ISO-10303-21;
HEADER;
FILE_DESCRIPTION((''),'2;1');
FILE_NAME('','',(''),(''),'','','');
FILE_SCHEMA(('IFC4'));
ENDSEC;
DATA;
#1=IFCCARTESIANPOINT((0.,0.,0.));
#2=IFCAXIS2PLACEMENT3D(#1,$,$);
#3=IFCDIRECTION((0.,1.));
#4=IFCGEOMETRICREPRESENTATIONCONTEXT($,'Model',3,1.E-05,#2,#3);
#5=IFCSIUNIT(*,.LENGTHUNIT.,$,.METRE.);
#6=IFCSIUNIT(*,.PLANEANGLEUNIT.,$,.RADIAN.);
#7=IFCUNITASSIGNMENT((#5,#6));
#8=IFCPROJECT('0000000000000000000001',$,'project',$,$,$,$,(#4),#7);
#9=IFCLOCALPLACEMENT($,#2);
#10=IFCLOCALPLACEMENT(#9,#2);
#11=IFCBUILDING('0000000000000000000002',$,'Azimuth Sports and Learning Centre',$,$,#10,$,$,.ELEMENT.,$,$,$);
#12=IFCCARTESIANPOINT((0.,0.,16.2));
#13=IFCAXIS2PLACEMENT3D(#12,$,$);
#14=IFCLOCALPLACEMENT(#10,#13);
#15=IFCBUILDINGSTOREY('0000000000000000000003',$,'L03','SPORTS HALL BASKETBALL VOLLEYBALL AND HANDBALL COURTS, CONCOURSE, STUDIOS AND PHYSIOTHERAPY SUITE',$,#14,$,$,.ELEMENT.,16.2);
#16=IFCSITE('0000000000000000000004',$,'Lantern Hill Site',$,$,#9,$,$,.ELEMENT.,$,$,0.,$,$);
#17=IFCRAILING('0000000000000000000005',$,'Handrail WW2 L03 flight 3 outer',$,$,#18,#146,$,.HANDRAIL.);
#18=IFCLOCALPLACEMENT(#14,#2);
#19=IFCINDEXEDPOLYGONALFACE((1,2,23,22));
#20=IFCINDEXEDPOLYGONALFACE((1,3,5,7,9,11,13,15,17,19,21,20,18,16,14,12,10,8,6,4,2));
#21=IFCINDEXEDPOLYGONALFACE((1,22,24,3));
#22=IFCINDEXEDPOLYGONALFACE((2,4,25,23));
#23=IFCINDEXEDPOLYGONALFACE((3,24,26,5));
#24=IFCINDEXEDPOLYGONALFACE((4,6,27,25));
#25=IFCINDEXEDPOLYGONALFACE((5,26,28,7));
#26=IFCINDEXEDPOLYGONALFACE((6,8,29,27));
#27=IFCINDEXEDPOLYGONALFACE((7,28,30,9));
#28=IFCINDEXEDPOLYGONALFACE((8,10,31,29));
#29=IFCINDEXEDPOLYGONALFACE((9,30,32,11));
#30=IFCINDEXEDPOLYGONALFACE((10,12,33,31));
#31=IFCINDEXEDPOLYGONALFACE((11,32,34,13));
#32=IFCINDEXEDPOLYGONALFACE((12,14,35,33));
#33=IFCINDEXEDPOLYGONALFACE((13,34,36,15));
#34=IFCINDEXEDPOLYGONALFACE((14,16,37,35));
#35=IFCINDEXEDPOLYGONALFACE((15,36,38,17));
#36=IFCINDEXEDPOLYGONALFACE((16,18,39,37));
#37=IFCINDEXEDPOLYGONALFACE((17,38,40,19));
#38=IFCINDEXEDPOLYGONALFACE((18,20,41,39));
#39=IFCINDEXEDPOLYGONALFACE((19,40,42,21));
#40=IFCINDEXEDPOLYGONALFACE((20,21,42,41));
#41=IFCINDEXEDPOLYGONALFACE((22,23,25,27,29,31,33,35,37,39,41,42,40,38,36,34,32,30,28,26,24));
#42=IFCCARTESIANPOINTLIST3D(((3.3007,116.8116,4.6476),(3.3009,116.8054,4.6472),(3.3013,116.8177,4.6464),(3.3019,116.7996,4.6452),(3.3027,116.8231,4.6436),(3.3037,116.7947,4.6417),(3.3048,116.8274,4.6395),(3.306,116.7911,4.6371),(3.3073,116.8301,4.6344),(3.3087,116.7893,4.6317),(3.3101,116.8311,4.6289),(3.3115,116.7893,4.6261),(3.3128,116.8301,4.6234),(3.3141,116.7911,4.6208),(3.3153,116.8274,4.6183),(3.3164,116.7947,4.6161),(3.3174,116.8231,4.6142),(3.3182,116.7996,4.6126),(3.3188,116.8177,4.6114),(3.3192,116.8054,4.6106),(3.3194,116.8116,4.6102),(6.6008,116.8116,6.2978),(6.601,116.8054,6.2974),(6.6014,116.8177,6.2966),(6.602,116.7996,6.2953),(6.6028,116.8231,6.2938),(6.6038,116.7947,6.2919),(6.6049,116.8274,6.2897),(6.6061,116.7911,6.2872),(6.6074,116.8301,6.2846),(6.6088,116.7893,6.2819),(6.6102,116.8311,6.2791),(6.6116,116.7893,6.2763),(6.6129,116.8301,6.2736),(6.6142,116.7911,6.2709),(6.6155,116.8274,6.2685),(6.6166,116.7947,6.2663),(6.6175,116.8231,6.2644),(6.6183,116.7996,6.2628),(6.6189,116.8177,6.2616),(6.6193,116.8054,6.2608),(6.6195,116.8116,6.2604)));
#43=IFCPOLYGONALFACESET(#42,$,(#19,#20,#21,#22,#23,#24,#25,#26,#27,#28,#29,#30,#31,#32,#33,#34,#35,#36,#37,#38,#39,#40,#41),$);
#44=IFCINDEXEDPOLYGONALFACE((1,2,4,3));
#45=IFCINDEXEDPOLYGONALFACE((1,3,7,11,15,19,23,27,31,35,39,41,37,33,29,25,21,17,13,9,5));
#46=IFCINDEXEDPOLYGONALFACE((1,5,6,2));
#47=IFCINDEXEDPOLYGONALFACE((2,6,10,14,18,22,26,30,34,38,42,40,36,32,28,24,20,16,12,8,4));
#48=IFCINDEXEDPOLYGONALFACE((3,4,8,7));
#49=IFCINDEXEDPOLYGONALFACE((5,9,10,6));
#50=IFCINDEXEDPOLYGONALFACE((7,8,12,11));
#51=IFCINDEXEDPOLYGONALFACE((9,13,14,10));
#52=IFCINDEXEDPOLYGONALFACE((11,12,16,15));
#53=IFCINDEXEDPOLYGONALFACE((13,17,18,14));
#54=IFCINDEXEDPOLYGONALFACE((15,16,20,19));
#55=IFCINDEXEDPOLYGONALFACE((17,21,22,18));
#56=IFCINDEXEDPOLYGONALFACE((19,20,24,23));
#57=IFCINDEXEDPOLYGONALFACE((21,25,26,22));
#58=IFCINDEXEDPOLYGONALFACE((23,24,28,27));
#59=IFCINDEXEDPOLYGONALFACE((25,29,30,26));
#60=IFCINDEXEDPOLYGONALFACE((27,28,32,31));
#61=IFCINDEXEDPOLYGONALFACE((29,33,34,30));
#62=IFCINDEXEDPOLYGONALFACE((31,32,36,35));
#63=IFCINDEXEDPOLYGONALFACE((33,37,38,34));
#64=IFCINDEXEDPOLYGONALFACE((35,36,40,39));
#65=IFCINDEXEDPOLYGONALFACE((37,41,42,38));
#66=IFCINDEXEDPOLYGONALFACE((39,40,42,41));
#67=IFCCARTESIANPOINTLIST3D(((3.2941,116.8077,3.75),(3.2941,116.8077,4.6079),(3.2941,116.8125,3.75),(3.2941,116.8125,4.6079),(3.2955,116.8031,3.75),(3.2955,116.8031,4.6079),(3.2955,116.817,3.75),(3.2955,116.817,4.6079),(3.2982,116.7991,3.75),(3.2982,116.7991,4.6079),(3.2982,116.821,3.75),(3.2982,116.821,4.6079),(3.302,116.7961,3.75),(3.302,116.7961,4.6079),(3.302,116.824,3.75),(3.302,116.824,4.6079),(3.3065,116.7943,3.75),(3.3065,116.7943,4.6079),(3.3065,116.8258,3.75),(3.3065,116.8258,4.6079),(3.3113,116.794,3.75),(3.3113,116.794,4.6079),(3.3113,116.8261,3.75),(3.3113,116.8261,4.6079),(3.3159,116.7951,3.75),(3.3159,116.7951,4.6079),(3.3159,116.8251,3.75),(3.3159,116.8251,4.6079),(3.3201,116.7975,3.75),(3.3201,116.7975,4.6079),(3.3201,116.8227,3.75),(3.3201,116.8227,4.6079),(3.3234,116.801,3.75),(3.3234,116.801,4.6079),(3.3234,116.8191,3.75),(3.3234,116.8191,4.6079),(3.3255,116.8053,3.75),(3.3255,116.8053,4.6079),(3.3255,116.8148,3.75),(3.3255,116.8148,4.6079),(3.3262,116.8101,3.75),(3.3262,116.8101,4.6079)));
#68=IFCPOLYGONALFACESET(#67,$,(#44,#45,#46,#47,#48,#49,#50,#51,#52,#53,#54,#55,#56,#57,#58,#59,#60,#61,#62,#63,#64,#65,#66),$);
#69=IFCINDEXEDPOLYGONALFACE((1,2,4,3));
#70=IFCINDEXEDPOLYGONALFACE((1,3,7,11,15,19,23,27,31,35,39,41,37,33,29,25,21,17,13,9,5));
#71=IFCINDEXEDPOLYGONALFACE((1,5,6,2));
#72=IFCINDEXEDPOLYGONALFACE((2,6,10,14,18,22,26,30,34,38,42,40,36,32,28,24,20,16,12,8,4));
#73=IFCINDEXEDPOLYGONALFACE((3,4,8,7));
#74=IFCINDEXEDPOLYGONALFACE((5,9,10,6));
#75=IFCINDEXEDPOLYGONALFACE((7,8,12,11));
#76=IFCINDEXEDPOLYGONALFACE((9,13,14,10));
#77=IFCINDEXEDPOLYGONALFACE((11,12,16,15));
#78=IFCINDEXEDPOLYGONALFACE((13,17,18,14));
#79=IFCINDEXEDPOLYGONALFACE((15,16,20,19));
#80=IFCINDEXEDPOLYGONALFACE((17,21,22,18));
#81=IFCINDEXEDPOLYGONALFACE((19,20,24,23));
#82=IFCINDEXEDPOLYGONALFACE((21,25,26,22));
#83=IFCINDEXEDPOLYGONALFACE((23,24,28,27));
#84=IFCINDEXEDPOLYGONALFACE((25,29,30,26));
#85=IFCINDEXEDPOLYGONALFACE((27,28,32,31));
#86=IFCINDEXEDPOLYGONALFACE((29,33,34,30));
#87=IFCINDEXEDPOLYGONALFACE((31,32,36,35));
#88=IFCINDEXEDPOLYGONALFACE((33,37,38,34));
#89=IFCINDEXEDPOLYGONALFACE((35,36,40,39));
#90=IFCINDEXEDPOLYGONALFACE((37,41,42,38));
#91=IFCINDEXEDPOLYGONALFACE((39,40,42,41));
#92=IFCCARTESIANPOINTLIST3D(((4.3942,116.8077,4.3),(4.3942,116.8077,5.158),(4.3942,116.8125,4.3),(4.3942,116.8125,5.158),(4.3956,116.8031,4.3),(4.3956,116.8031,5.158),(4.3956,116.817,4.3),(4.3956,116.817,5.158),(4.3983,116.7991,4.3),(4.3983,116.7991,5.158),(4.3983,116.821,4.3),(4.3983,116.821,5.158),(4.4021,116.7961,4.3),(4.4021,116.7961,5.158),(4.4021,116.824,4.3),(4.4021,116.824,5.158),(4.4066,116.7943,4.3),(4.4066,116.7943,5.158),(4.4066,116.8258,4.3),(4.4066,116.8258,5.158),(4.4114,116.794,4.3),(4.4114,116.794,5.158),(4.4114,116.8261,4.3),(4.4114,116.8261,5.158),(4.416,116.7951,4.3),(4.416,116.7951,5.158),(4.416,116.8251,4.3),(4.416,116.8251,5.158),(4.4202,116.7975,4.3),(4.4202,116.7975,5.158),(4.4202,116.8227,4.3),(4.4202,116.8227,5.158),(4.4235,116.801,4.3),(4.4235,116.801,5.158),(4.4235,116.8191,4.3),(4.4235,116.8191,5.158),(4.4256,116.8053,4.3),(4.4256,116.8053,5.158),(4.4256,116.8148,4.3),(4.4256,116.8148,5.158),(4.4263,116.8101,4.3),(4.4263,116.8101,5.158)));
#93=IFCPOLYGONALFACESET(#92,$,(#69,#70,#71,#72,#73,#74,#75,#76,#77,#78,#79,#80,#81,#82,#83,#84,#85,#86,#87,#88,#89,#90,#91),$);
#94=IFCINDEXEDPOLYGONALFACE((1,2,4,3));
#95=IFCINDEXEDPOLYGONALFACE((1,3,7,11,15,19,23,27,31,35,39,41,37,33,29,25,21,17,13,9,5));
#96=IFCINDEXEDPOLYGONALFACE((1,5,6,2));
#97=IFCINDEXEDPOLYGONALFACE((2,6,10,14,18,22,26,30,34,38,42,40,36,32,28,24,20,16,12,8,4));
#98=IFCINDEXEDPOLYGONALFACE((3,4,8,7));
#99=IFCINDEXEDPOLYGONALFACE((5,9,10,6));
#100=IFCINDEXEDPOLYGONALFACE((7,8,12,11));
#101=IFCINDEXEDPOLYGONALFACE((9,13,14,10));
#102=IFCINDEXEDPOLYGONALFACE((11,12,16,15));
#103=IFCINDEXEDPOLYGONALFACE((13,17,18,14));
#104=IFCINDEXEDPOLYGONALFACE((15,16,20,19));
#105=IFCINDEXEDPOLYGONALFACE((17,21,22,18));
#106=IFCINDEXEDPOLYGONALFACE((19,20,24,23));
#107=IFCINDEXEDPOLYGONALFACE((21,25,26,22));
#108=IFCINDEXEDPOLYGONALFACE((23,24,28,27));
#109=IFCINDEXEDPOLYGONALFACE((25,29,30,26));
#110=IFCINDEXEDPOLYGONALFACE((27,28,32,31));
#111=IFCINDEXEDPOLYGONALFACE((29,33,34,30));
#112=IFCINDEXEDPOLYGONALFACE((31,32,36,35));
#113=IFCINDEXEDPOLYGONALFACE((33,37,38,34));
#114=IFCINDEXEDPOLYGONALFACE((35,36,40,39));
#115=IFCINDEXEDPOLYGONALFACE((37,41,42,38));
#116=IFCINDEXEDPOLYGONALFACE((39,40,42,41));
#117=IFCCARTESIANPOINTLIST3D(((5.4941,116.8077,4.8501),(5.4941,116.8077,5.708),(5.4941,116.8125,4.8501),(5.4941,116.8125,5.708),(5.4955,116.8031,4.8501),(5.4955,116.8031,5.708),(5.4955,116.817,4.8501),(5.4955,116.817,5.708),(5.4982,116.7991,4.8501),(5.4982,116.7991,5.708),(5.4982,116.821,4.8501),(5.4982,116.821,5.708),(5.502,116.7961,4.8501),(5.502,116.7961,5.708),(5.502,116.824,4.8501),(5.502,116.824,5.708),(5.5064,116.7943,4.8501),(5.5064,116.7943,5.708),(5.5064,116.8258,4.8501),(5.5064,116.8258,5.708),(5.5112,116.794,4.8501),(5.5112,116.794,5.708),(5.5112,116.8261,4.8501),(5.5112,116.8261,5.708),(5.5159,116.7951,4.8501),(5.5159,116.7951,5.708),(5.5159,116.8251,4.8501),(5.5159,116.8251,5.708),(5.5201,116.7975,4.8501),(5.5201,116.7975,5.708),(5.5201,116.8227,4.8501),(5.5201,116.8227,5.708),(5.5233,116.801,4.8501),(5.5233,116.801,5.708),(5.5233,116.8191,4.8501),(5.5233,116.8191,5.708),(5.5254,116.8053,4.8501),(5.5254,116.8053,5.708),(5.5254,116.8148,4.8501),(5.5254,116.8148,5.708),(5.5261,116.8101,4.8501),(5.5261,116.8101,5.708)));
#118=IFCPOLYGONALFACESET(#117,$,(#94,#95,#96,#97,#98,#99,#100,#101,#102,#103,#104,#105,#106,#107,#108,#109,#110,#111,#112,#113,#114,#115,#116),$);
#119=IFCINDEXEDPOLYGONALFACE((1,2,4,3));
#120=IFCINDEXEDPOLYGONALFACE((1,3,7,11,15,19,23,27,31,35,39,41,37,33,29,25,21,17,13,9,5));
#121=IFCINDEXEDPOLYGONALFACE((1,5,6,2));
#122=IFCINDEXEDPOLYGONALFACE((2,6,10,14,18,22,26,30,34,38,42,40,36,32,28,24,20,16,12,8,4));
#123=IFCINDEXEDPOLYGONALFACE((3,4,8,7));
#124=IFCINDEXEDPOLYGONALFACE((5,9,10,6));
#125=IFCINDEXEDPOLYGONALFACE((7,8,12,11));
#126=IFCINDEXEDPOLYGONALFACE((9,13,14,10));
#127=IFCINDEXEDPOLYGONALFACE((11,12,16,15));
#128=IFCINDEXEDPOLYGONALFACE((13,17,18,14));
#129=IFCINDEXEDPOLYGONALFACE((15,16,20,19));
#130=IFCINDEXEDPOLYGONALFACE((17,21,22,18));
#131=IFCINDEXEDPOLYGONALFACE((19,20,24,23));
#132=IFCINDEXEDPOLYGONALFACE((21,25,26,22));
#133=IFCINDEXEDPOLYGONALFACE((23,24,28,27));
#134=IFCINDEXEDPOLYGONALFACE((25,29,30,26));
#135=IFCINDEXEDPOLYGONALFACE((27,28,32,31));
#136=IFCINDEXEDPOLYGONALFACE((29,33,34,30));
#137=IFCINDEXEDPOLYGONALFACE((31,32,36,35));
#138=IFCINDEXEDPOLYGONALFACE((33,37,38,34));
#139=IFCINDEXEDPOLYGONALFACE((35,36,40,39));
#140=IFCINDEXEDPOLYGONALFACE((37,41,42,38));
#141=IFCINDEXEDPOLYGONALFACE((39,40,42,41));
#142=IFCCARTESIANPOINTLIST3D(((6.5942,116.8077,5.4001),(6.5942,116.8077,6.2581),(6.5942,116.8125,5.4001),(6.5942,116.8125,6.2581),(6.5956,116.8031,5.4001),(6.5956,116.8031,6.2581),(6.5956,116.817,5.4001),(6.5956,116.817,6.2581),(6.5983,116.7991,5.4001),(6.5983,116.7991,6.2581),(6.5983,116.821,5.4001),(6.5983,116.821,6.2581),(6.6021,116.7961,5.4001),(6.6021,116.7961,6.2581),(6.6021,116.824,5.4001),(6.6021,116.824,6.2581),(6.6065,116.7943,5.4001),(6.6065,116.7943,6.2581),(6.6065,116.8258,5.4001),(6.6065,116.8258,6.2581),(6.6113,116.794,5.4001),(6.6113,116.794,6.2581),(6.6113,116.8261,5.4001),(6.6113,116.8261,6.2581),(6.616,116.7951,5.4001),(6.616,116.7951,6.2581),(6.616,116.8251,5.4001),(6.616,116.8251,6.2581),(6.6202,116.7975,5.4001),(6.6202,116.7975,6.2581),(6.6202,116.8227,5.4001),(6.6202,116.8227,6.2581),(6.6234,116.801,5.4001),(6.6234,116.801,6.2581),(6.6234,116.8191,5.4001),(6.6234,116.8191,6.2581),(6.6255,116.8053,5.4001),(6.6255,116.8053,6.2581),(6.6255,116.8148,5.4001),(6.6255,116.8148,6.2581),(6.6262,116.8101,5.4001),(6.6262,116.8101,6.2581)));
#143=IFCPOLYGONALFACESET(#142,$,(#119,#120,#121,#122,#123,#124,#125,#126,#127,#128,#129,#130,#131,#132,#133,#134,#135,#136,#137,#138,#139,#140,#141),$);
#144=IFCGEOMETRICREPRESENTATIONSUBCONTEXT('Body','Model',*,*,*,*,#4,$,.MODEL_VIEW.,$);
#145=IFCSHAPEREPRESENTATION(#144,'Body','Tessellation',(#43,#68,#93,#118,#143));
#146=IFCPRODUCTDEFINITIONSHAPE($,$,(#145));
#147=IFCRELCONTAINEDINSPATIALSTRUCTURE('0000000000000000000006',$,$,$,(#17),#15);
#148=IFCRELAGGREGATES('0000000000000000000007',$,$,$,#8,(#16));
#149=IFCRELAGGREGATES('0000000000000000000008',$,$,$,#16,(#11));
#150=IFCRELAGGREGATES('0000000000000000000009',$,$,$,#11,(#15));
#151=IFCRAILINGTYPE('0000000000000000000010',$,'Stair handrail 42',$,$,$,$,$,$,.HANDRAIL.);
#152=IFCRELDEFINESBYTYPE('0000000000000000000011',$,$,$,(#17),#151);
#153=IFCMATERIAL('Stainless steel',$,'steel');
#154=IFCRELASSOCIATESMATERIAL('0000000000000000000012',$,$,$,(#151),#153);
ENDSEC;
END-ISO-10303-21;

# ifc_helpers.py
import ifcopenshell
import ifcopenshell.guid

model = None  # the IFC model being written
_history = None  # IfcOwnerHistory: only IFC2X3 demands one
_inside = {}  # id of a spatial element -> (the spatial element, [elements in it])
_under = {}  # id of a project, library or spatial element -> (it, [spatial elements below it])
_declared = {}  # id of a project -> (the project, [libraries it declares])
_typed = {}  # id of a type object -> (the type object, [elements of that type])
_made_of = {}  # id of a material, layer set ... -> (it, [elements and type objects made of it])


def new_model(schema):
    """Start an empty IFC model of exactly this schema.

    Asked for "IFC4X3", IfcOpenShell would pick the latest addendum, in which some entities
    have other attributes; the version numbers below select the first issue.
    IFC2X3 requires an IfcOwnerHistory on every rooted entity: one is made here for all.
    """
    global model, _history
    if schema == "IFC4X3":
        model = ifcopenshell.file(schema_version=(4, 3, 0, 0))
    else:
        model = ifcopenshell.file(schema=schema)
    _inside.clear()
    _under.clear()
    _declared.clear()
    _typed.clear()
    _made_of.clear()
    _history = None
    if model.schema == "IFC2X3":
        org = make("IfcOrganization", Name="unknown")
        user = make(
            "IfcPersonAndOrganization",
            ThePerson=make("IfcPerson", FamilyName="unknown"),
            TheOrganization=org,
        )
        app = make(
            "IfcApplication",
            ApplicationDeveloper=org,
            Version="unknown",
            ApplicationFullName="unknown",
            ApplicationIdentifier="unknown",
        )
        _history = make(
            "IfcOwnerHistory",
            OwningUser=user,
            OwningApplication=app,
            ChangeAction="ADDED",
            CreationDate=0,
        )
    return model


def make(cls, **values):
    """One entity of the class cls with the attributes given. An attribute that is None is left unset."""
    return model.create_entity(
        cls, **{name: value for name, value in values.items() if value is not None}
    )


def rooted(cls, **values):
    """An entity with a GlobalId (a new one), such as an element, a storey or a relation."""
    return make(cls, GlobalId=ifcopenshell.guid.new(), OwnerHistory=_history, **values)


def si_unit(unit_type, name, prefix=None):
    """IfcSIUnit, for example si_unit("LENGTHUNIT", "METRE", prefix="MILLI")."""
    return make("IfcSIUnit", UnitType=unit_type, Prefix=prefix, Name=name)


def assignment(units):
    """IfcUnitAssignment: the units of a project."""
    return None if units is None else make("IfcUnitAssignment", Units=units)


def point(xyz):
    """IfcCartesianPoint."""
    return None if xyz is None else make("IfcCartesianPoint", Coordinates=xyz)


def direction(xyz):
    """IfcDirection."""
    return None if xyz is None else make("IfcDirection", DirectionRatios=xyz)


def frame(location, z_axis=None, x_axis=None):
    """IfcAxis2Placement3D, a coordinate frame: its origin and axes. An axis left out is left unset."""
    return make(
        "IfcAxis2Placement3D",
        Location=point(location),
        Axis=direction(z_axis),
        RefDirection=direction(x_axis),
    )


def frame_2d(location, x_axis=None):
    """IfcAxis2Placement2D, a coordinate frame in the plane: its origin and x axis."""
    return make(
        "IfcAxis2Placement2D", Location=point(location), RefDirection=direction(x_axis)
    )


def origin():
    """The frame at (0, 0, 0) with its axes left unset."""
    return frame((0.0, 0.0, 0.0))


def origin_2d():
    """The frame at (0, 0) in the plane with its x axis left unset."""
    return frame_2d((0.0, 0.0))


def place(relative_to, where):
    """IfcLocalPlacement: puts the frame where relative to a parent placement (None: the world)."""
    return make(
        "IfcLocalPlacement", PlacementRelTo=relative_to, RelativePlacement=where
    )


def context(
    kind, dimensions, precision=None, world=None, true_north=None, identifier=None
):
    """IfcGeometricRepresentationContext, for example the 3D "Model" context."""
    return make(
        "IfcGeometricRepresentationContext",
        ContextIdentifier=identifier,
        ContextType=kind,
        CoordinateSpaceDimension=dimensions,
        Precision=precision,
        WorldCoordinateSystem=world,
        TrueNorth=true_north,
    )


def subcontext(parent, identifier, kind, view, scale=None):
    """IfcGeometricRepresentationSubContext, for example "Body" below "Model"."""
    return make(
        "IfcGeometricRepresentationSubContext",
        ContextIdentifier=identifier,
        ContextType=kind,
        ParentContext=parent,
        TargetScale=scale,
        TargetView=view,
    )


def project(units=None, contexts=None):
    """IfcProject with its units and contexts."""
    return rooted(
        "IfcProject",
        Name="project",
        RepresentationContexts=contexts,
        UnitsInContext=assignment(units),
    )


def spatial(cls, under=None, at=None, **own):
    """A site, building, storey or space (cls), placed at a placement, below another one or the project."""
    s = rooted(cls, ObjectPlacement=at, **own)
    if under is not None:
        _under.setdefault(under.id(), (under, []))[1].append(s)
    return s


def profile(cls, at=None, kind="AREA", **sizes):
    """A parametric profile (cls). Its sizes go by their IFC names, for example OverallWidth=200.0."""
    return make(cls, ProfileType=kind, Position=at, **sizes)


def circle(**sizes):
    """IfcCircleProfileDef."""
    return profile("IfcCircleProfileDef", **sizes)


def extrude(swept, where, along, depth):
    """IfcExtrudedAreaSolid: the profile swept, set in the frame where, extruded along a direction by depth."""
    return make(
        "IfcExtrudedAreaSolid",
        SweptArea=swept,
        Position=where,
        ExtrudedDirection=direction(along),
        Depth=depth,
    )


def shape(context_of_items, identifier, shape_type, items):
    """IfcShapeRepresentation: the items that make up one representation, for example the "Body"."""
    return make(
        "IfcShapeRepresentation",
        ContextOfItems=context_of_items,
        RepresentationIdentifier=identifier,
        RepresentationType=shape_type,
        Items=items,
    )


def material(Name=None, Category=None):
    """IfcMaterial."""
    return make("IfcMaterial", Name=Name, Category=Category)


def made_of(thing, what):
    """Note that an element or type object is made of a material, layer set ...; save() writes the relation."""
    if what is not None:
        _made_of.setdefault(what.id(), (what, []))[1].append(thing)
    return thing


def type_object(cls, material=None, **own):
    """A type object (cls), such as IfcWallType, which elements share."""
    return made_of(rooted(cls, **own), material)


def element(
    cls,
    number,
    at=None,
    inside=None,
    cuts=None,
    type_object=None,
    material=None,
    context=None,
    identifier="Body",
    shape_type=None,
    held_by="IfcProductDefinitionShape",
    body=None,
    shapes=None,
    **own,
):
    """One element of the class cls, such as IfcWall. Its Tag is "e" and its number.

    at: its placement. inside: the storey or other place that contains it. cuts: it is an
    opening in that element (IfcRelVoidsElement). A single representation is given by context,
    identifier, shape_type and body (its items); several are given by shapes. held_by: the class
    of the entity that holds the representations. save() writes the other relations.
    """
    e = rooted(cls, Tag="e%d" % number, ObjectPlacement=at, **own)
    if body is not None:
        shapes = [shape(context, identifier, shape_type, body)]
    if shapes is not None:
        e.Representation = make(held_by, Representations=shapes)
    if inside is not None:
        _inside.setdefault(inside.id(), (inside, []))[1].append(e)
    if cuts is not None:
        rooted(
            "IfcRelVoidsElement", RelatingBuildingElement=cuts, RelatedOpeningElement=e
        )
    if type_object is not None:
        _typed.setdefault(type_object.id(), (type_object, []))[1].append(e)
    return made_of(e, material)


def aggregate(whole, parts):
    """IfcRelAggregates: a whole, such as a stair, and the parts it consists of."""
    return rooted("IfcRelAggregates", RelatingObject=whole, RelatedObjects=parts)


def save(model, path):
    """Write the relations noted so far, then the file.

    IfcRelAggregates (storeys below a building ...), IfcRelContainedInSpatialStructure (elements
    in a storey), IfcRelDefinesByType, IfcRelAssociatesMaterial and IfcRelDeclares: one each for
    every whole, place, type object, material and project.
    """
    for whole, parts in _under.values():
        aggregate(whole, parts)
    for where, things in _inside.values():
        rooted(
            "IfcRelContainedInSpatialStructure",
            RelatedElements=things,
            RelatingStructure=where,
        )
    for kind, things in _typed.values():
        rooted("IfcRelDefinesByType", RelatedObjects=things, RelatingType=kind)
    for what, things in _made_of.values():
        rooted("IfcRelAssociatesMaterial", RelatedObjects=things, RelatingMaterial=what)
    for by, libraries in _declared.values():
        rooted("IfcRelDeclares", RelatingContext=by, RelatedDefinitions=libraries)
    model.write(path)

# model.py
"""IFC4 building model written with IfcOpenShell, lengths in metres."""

from ifc_helpers import new_model, si_unit, direction, frame, origin, origin_2d, place, context, subcontext, project, spatial, circle, extrude, material, type_object, element, save


model = new_model("IFC4")

# Units and contexts
model_context = context("Model", 3, precision=1e-05, world=origin(), true_north=direction((0.0, 1.0)))
body_context = subcontext(model_context, "Body", "Model", "MODEL_VIEW")
ifc_project = project(units=[si_unit("LENGTHUNIT", "METRE"), si_unit("PLANEANGLEUNIT", "RADIAN")], contexts=[model_context])

# Site, building, storey
site_placement = place(None, origin())
site = spatial("IfcSite", under=ifc_project, at=site_placement, Name="Lantern Hill Site", CompositionType="ELEMENT", RefElevation=0.0)
building_placement = place(site_placement, origin())
building = spatial("IfcBuilding", under=site, at=building_placement, Name="Azimuth Sports and Learning Centre", CompositionType="ELEMENT")
storey_placement = place(building_placement, frame((0.0, 0.0, 16.2)))
storey = spatial("IfcBuildingStorey", under=building, at=storey_placement, Name="L03", Description="SPORTS HALL BASKETBALL VOLLEYBALL AND HANDBALL COURTS, CONCOURSE, STUDIOS AND PHYSIOTHERAPY SUITE", CompositionType="ELEMENT", Elevation=16.2)

# Railing
ifc_material_1 = material(Name="Stainless steel", Category="steel")
railing_type_1 = type_object("IfcRailingType", Name="Stair handrail 42", PredefinedType="HANDRAIL", material=ifc_material_1)
for number, where, name in (
    (1, (3.3101, 116.8101, 3.75), "Handrail WW2 L03 flight 3 outer"),
):
    element("IfcRailing", number, at=place(storey_placement, frame(where)), inside=storey, type_object=railing_type_1, Name=name, PredefinedType="HANDRAIL", context=body_context, shape_type="SweptSolid", body=[
        extrude(circle(Radius=0.021, at=origin_2d()), frame((0.0, 0.0, 0.8789), z_axis=(0.894414, 0.0, 0.44724), x_axis=(0.0, 1.0, 0.0)), (0.0, 0.0, 1.0), 3.6897),
        extrude(circle(Radius=0.0161, at=origin_2d()), origin(), (0.0, 0.0, 1.0), 0.8579),
        extrude(circle(Radius=0.0161, at=origin_2d()), frame((1.1001, 0.0, 0.55)), (0.0, 0.0, 1.0), 0.8579),
        extrude(circle(Radius=0.0161, at=origin_2d()), frame((2.2, 0.0, 1.1001)), (0.0, 0.0, 1.0), 0.8579),
        extrude(circle(Radius=0.0161, at=origin_2d()), frame((3.3, 0.0, 1.6501)), (0.0, 0.0, 1.0), 0.8579),
    ])

save(model, "model.ifc")
